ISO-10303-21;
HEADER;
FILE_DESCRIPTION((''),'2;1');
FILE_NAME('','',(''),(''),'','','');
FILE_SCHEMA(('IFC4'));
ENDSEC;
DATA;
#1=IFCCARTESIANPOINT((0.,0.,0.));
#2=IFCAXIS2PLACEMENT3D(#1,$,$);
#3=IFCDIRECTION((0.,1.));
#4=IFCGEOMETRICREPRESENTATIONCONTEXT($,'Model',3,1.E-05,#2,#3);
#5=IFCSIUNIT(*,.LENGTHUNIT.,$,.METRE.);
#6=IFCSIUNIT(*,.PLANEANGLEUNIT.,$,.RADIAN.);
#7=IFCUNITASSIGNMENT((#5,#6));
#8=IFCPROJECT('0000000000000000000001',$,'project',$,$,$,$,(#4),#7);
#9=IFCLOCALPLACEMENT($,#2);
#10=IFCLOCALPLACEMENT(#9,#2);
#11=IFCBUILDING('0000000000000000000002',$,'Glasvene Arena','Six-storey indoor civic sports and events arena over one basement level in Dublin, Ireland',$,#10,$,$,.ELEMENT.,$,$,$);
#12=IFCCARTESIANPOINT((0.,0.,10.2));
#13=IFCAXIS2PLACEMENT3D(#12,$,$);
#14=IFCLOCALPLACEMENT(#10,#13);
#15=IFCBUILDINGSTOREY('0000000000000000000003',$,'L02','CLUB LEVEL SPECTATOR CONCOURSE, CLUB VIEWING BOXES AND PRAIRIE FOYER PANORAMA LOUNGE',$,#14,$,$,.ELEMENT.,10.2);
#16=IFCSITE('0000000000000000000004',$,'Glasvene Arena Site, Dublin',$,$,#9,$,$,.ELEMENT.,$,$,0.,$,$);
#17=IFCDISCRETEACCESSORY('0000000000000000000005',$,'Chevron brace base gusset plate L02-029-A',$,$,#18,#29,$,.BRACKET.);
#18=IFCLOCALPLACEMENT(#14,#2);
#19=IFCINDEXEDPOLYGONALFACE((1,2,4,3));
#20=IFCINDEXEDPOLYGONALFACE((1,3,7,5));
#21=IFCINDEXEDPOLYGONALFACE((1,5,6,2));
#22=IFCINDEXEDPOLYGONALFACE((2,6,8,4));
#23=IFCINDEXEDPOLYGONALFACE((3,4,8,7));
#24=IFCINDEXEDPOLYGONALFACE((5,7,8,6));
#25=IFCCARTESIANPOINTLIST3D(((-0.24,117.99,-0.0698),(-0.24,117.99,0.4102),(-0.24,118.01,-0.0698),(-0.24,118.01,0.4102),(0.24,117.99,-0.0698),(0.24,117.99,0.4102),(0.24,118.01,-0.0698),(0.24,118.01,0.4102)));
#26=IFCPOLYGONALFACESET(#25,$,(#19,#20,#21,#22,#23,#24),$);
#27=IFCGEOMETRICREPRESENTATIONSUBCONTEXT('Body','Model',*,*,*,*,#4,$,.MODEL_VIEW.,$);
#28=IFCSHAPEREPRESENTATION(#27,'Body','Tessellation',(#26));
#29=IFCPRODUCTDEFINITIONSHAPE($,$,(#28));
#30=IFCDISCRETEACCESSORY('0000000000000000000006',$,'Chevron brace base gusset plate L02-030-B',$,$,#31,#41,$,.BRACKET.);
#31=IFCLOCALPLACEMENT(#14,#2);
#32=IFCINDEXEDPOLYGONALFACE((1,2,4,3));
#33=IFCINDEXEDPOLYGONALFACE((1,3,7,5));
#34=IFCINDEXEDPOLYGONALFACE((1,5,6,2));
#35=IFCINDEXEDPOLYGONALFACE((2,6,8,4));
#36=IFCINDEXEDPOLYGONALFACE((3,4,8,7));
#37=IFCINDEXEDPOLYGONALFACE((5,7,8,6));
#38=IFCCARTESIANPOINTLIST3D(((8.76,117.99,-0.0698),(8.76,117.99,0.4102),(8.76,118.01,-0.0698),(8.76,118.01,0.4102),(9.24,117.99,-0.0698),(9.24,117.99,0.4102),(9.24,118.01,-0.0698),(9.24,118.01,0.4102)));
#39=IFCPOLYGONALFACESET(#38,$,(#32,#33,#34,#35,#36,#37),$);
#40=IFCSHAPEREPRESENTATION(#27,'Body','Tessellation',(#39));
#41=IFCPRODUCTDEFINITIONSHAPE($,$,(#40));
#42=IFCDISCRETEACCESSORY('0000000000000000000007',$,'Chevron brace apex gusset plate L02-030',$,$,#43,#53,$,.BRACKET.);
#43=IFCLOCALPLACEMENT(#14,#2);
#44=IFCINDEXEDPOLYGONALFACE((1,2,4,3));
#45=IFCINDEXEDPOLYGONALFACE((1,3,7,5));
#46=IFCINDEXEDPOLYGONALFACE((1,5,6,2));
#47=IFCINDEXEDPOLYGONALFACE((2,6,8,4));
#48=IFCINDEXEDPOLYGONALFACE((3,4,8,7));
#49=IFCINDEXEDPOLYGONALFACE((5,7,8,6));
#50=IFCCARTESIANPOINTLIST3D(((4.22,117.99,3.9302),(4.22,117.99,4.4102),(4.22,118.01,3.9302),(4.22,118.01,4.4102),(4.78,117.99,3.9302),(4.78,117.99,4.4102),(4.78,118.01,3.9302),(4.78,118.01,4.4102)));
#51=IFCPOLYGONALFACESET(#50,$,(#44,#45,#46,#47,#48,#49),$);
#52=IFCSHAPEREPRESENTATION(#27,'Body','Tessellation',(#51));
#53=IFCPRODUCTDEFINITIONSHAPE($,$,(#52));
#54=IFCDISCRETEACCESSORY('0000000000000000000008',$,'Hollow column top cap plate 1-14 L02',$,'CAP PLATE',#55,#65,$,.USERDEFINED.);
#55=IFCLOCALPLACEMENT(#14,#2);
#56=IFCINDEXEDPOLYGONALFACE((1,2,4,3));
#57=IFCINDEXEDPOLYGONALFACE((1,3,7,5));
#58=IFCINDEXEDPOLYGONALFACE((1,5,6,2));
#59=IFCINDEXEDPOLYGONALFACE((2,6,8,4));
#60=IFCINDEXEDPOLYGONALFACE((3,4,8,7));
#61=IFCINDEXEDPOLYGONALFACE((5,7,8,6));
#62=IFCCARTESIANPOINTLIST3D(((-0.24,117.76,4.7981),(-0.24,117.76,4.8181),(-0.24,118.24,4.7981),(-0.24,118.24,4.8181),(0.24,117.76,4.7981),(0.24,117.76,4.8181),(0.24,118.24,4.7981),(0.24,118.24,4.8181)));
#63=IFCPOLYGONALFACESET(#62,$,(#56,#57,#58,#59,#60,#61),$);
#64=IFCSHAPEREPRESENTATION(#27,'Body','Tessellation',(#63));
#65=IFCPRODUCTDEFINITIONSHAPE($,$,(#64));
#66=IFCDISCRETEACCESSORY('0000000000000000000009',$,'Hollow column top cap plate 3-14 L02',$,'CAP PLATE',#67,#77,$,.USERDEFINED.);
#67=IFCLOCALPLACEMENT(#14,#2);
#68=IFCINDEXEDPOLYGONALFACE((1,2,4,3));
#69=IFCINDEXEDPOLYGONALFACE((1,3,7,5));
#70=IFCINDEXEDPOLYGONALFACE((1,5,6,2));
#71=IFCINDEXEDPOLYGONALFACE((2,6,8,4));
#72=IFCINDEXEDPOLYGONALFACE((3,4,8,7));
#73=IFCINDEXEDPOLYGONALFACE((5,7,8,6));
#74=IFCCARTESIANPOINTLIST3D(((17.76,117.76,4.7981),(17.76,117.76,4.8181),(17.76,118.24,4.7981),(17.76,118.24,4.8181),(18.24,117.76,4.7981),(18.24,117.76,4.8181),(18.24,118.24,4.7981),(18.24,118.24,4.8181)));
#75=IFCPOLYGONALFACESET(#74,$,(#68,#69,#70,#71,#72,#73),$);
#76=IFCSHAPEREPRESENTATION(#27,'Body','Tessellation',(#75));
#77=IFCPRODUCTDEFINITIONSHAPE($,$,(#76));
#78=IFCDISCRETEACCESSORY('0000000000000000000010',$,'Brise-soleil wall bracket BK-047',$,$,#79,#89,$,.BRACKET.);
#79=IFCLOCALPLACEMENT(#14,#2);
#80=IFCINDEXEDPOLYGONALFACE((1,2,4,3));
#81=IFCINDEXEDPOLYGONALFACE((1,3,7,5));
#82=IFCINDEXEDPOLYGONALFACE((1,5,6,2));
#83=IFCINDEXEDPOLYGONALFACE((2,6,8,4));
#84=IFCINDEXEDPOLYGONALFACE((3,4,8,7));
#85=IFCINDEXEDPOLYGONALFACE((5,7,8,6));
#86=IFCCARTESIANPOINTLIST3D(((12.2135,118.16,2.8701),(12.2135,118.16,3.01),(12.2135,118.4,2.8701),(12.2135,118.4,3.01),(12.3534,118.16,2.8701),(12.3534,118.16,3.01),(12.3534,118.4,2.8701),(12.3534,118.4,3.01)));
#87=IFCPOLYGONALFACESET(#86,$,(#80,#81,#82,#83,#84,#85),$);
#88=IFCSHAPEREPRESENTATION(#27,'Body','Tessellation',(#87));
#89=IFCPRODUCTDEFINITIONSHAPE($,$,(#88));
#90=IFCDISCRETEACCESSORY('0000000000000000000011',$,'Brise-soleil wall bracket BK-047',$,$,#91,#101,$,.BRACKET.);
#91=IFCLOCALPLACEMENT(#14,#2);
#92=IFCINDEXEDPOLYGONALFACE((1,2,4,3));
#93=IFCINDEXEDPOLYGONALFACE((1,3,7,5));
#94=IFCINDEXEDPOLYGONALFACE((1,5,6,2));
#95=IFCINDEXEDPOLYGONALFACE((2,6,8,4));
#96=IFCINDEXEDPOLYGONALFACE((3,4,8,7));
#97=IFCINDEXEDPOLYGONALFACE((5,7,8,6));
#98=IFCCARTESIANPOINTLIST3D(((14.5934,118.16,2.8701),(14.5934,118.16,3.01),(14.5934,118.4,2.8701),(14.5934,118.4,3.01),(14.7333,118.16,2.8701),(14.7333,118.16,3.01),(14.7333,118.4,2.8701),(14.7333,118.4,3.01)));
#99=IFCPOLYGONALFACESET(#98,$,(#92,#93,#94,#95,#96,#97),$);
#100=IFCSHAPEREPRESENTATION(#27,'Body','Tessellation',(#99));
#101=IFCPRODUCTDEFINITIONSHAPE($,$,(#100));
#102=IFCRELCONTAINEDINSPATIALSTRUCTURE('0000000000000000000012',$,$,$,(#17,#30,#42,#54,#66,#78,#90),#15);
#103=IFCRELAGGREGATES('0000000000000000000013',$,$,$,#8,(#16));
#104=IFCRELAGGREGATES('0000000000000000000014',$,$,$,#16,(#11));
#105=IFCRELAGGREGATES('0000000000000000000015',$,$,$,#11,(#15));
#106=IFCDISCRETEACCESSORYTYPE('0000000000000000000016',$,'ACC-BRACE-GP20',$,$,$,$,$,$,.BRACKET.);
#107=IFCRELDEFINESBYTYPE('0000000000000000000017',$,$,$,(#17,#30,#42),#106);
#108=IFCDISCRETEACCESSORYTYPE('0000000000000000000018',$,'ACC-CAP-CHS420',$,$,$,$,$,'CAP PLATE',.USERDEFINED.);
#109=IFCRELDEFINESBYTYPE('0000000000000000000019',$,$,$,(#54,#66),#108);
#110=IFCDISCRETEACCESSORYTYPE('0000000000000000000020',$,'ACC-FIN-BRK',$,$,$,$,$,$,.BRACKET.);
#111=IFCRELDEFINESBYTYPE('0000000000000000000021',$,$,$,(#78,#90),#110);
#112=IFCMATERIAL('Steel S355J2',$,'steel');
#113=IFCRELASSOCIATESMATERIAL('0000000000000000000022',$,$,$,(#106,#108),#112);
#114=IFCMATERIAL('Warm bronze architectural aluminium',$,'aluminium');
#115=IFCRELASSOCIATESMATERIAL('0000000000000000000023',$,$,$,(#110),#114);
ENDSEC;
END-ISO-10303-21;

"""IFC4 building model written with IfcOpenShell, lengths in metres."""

from ifc_helpers import new_model, si_unit, direction, frame, origin, origin_2d, place, context, subcontext, project, spatial, rectangle, extrude, material, type_object, element, save


model = new_model("IFC4")

# Units and contexts
model_context = context("Model", 3, precision=1e-05, world=origin(), true_north=direction((0.0, 1.0)))
body_context = subcontext(model_context, "Body", "Model", "MODEL_VIEW")
ifc_project = project(units=[si_unit("LENGTHUNIT", "METRE"), si_unit("PLANEANGLEUNIT", "RADIAN")], contexts=[model_context])

# Site, building, storey
site_placement = place(None, origin())
site = spatial("IfcSite", under=ifc_project, at=site_placement, Name="Glasvene Arena Site, Dublin", CompositionType="ELEMENT", RefElevation=0.0)
building_placement = place(site_placement, origin())
building = spatial("IfcBuilding", under=site, at=building_placement, Name="Glasvene Arena", Description="Six-storey indoor civic sports and events arena over one basement level in Dublin, Ireland", CompositionType="ELEMENT")
storey_placement = place(building_placement, frame((0.0, 0.0, 10.2)))
storey = spatial("IfcBuildingStorey", under=building, at=storey_placement, Name="L02", Description="CLUB LEVEL SPECTATOR CONCOURSE, CLUB VIEWING BOXES AND PRAIRIE FOYER PANORAMA LOUNGE", CompositionType="ELEMENT", Elevation=10.2)

# Shared definitions
ifc_material_1 = material(Name="Steel S355J2", Category="steel")

# Shared definitions
ifc_material_2 = material(Name="Warm bronze architectural aluminium", Category="aluminium")

# Discrete accessories
discrete_accessory_type_1 = type_object("IfcDiscreteAccessoryType", Name="ACC-BRACE-GP20", PredefinedType="BRACKET", material=ifc_material_1)
for number, where, z_axis, x_axis, name in (
    (1, (0.0, 118.0, -0.0698), (0.0, 0.0, 1.0), (1.0, 0.0, 0.0), "Chevron brace base gusset plate L02-029-A"),
    (2, (9.0, 118.0, -0.0698), (0.0, 0.0, 1.0), (1.0, 0.0, 0.0), "Chevron brace base gusset plate L02-030-B"),
):
    element("IfcDiscreteAccessory", number, at=place(storey_placement, frame(where, z_axis=z_axis, x_axis=x_axis)), inside=storey, type_object=discrete_accessory_type_1, Name=name, PredefinedType="BRACKET", context=body_context, shape_type="SweptSolid", body=[
        extrude(rectangle(XDim=0.48, YDim=0.02, at=origin_2d()), origin(), (0.0, 0.0, 1.0), 0.48),
    ])
discrete_accessory_1_placement = place(storey_placement, frame((4.5, 118.0, 3.9302), z_axis=(0.0, 0.0, 1.0), x_axis=(1.0, 0.0, 0.0)))
element("IfcDiscreteAccessory", 3, at=discrete_accessory_1_placement, inside=storey, type_object=discrete_accessory_type_1, Name="Chevron brace apex gusset plate L02-030", PredefinedType="BRACKET", context=body_context, shape_type="SweptSolid", body=[
    extrude(rectangle(XDim=0.5601, YDim=0.02, at=origin_2d()), origin(), (0.0, 0.0, 1.0), 0.48),
])
discrete_accessory_type_2 = type_object("IfcDiscreteAccessoryType", Name="ACC-CAP-CHS420", ElementType="CAP PLATE", PredefinedType="USERDEFINED", material=ifc_material_1)
for number, where, z_axis, x_axis, name in (
    (4, (0.0, 118.0, 4.7981), (0.0, 0.0, 1.0), (1.0, 0.0, 0.0), "Hollow column top cap plate 1-14 L02"),
    (5, (18.0, 118.0, 4.7981), (0.0, 0.0, 1.0), (1.0, 0.0, 0.0), "Hollow column top cap plate 3-14 L02"),
):
    element("IfcDiscreteAccessory", number, at=place(storey_placement, frame(where, z_axis=z_axis, x_axis=x_axis)), inside=storey, type_object=discrete_accessory_type_2, Name=name, ObjectType="CAP PLATE", PredefinedType="USERDEFINED", context=body_context, shape_type="SweptSolid", body=[
        extrude(rectangle(XDim=0.48, YDim=0.48, at=origin_2d()), origin(), (0.0, 0.0, 1.0), 0.02),
    ])
discrete_accessory_type_3 = type_object("IfcDiscreteAccessoryType", Name="ACC-FIN-BRK", PredefinedType="BRACKET", material=ifc_material_2)
for number, where, z_axis, x_axis, name in (
    (6, (12.2834, 118.28, 2.8701), (0.0, 0.0, 1.0), (1.0, 0.0, 0.0), "Brise-soleil wall bracket BK-047"),
    (7, (14.6633, 118.28, 2.8701), (0.0, 0.0, 1.0), (1.0, 0.0, 0.0), "Brise-soleil wall bracket BK-047"),
):
    element("IfcDiscreteAccessory", number, at=place(storey_placement, frame(where, z_axis=z_axis, x_axis=x_axis)), inside=storey, type_object=discrete_accessory_type_3, Name=name, PredefinedType="BRACKET", context=body_context, shape_type="SweptSolid", body=[
        extrude(rectangle(XDim=0.1399, YDim=0.24, at=origin_2d()), origin(), (0.0, 0.0, 1.0), 0.1399),
    ])

save(model, "model.ifc")
